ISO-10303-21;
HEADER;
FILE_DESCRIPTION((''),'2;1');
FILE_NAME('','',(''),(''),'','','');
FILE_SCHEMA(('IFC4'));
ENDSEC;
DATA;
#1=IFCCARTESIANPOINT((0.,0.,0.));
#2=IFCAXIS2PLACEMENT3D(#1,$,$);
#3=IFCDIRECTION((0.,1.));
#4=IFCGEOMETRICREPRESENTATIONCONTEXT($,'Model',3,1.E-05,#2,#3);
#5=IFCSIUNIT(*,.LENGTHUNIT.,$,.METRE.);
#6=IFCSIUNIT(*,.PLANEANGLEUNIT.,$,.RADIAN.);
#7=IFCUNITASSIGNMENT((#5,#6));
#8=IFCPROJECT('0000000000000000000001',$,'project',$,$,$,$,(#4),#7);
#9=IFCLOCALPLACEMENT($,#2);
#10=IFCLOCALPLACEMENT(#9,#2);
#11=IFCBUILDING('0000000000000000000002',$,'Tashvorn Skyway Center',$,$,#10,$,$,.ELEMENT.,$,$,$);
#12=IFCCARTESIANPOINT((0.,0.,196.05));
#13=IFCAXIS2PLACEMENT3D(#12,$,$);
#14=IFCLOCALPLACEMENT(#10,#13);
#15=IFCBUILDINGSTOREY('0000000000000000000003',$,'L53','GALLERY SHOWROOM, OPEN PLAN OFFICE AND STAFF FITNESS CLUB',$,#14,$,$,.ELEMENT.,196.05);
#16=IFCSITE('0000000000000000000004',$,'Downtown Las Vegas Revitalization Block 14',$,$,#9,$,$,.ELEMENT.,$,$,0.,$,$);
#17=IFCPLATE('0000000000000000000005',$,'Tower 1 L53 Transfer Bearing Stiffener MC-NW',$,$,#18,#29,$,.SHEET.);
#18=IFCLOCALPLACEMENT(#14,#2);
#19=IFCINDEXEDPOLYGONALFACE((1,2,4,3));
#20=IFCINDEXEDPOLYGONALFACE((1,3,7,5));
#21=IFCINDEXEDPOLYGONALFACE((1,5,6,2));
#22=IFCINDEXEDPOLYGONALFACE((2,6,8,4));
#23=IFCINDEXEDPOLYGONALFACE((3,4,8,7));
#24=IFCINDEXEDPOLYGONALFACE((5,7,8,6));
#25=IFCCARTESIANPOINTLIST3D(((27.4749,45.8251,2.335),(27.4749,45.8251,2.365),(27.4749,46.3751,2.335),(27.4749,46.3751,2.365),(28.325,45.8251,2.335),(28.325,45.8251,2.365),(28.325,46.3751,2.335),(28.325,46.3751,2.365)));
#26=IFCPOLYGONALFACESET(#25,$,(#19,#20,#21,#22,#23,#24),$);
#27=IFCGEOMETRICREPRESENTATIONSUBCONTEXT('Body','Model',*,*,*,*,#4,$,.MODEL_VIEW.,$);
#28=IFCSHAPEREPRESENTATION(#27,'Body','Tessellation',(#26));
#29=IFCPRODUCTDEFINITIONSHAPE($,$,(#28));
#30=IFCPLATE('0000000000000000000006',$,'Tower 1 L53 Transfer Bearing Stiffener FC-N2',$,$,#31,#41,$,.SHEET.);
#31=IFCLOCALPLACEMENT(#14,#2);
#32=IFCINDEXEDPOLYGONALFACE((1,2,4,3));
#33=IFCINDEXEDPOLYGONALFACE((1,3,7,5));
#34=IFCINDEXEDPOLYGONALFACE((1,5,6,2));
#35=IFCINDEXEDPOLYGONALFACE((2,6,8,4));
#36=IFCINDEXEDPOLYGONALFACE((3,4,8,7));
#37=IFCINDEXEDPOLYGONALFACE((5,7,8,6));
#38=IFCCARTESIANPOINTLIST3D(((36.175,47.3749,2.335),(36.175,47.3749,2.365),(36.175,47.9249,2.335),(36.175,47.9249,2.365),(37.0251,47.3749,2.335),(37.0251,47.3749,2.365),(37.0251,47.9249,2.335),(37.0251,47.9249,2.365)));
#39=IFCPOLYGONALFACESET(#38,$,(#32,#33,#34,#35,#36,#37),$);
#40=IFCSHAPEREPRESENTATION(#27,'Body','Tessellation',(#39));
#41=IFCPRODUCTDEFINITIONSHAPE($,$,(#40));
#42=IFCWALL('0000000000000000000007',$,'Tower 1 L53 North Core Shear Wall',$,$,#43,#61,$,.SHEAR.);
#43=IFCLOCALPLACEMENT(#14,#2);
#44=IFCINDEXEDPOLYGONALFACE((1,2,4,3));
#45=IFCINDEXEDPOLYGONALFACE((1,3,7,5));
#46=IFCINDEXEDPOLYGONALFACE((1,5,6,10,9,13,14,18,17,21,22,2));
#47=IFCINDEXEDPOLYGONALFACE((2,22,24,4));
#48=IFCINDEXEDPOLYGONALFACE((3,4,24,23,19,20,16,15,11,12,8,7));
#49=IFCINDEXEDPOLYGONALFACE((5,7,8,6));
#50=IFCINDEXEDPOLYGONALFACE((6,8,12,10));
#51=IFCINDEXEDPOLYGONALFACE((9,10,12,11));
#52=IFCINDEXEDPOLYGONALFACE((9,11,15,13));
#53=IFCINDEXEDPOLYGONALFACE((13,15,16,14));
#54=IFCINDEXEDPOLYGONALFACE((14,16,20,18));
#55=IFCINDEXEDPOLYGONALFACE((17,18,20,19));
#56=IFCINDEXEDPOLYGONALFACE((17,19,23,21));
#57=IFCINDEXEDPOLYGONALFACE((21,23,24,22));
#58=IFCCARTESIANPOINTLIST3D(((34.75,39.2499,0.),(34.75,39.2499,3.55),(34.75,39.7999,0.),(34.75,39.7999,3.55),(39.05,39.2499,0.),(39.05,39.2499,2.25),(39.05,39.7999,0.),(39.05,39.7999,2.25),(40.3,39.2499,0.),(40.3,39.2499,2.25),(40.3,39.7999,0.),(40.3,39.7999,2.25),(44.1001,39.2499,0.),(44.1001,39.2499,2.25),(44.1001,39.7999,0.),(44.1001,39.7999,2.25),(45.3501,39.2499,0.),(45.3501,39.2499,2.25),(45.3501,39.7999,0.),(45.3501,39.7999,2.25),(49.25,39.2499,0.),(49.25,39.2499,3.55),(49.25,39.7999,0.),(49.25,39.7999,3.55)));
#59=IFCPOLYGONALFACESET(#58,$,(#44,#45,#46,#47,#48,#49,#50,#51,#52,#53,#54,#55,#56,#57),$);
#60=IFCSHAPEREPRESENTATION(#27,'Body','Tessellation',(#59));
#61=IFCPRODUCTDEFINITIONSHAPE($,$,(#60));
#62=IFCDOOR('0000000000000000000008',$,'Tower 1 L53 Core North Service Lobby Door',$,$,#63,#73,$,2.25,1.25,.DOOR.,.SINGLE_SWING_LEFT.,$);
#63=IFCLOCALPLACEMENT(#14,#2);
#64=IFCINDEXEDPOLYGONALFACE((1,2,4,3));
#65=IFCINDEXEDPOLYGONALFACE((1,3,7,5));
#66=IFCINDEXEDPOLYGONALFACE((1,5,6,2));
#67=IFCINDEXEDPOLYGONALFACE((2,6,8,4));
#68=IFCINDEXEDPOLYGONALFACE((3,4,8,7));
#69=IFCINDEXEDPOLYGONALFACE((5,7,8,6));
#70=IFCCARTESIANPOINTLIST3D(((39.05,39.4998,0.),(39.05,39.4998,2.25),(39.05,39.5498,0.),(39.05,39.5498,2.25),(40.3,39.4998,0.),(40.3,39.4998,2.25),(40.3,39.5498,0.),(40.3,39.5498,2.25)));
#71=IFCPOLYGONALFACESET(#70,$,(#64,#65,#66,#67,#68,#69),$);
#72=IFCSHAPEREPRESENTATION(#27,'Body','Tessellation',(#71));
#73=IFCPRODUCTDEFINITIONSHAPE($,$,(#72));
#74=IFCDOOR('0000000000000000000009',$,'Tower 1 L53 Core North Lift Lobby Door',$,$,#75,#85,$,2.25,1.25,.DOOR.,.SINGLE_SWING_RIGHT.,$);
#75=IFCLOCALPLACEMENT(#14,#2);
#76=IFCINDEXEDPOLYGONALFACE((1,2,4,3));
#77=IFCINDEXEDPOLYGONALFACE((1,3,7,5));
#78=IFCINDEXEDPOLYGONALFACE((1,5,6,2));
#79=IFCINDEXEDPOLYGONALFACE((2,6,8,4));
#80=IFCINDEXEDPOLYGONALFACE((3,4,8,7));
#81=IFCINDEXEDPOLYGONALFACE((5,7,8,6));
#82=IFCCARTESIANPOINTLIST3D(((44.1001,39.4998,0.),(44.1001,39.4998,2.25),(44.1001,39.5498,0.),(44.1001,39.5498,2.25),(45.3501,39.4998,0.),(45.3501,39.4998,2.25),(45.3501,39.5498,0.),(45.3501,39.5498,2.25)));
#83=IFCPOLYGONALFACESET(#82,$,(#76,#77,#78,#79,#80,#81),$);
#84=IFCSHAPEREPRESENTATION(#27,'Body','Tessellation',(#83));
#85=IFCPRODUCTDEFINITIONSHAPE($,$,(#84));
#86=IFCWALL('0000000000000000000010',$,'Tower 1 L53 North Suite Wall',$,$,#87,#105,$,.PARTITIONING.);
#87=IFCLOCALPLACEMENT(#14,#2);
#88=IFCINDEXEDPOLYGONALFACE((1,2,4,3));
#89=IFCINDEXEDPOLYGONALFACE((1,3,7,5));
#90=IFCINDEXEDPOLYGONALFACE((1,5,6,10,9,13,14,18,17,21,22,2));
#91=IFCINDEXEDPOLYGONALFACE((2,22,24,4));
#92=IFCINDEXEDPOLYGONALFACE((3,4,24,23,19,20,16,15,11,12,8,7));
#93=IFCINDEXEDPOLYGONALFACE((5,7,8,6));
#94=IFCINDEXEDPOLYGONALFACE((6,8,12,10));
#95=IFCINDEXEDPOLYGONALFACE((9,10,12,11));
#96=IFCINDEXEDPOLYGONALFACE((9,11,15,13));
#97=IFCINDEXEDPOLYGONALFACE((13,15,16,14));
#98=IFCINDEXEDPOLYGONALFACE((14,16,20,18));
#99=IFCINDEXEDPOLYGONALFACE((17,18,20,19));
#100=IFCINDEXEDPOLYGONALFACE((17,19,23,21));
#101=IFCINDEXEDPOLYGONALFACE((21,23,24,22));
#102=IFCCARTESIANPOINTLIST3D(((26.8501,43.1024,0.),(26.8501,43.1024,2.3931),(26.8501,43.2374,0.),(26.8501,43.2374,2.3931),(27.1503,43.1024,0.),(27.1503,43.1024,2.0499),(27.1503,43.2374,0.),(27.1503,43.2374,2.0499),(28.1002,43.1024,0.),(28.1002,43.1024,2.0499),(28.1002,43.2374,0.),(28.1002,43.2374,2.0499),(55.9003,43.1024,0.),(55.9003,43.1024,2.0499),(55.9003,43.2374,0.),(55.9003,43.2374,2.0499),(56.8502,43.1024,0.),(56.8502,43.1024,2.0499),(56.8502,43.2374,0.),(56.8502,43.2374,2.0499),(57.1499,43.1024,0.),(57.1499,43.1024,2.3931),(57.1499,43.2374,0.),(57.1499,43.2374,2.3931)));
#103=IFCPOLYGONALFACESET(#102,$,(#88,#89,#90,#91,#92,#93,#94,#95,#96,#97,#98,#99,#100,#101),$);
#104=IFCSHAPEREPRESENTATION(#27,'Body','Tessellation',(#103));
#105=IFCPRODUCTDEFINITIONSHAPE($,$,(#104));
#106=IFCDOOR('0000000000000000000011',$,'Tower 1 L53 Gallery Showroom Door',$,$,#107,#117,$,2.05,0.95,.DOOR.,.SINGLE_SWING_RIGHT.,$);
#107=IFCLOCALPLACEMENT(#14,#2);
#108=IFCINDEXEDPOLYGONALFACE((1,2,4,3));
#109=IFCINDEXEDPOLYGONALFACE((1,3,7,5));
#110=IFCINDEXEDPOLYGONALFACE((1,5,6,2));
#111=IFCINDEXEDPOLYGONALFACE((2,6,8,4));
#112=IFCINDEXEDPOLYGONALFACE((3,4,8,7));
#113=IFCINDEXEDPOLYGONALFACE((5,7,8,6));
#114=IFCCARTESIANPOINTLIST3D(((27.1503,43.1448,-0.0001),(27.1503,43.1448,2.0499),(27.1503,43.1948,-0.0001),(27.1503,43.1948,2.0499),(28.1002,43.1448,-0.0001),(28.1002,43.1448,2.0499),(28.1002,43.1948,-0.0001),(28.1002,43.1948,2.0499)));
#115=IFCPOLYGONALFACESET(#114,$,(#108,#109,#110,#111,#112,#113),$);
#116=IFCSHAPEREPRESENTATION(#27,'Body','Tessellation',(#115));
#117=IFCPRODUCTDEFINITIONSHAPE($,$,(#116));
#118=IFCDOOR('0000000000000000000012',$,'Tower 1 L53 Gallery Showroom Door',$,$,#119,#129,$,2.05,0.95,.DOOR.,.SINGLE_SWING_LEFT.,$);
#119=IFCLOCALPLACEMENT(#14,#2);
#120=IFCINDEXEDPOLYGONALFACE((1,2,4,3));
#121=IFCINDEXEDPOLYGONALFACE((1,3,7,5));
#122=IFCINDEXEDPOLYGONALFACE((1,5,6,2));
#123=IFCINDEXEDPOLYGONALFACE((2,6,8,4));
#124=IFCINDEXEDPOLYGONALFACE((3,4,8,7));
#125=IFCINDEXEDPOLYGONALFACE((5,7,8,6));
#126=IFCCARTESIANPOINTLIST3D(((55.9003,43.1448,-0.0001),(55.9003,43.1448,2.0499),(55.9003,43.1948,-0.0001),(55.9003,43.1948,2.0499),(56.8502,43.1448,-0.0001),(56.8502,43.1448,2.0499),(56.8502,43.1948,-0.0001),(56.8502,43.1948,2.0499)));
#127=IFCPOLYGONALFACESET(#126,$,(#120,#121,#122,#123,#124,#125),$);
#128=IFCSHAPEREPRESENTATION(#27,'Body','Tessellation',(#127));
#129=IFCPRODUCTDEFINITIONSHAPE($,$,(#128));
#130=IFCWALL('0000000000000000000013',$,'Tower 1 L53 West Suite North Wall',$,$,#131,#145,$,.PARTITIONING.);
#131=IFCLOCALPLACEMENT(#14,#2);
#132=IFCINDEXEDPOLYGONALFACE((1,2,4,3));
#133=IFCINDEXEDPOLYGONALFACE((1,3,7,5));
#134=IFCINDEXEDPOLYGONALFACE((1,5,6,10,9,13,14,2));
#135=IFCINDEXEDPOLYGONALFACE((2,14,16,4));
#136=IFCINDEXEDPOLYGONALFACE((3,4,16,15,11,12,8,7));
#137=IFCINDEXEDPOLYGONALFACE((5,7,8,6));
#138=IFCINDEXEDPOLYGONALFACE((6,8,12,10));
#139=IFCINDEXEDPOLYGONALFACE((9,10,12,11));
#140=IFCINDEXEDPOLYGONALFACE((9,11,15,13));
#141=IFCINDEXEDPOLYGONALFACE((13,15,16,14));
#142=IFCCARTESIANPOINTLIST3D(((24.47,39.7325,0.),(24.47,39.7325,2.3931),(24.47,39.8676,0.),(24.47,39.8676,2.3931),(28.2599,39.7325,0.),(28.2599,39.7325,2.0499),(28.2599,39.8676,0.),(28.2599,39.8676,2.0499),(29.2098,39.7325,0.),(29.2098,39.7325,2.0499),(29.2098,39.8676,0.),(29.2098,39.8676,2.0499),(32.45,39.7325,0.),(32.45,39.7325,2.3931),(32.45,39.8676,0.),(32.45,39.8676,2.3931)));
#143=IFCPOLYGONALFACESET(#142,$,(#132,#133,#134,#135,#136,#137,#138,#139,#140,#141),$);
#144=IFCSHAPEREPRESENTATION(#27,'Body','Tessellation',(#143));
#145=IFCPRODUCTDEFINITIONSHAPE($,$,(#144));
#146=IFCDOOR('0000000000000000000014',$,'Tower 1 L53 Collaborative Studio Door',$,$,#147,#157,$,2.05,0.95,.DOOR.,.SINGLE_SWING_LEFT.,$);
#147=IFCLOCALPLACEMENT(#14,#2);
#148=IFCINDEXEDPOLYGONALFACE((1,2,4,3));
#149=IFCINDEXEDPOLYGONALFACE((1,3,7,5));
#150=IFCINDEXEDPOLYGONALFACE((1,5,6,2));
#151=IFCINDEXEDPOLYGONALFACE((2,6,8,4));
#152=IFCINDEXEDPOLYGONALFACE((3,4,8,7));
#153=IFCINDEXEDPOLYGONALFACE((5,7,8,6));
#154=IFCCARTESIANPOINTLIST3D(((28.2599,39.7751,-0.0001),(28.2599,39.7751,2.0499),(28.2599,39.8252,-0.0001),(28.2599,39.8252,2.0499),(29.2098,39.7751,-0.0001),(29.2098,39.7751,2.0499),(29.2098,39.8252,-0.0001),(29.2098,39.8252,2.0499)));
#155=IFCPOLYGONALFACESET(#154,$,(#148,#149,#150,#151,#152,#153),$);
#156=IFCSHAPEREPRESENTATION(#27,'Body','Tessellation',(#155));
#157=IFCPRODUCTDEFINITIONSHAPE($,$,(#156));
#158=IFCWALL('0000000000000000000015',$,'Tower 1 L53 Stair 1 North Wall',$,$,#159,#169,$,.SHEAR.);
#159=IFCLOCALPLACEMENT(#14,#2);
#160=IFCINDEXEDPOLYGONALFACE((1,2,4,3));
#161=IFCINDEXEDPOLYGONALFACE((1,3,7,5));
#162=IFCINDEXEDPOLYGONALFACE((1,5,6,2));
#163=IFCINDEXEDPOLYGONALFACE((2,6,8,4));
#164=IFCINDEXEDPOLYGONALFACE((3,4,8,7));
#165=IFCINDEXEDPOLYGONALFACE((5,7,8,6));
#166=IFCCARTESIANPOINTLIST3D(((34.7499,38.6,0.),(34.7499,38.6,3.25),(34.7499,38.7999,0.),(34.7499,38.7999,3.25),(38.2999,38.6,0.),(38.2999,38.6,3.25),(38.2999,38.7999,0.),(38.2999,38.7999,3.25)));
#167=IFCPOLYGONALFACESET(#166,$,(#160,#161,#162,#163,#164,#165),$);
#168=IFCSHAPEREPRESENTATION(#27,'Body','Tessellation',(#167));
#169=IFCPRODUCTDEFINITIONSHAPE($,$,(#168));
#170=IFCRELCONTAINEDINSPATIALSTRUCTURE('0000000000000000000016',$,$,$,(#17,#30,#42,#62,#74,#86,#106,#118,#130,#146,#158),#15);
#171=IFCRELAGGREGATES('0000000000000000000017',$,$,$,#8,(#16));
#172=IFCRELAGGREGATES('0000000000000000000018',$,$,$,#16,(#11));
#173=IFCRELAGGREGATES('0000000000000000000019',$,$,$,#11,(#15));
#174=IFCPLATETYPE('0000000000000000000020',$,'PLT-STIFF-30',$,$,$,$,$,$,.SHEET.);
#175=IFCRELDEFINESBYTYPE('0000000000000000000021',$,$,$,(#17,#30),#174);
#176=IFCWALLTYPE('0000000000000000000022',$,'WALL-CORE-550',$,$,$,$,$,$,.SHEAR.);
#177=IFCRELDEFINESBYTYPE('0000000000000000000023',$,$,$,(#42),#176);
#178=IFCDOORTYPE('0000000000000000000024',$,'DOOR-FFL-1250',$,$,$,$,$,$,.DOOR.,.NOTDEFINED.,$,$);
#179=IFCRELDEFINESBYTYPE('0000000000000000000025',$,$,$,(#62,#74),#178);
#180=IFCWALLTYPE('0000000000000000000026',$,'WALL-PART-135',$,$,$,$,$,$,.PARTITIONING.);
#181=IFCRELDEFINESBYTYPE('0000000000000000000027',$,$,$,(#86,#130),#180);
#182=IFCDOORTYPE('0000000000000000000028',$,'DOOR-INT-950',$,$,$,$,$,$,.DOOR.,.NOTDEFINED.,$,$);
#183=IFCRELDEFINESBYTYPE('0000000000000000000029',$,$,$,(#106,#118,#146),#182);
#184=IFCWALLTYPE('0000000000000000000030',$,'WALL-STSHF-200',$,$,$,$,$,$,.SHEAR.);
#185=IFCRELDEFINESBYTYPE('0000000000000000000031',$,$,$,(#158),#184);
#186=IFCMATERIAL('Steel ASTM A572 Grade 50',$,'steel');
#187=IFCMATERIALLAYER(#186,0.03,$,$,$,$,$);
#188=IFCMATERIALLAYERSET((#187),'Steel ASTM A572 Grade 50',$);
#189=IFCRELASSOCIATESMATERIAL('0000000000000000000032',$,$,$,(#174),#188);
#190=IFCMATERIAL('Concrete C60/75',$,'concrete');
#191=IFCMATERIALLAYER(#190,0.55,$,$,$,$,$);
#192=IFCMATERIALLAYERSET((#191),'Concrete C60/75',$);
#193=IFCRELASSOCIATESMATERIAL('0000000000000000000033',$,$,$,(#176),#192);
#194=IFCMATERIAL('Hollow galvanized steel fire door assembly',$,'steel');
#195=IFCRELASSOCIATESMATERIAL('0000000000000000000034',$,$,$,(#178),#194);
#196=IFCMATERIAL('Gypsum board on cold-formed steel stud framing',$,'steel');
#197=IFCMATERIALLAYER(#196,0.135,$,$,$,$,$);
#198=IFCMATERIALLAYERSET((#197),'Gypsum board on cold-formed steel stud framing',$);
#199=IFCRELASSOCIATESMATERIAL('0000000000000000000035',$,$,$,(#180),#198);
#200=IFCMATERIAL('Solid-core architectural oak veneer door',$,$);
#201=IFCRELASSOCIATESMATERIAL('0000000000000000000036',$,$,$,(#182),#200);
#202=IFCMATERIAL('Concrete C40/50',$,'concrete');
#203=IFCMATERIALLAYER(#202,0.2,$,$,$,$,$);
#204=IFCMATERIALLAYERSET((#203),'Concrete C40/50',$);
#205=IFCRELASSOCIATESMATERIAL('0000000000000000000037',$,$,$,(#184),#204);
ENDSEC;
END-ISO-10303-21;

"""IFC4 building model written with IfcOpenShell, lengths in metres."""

from ifc_helpers import new_model, si_unit, direction, frame, frame_2d, origin, origin_2d, place, context, subcontext, project, spatial, rectangle, extrude, material, layer, layer_set, type_object, element, fill, save


model = new_model("IFC4")

# Units and contexts
model_context = context("Model", 3, precision=1e-05, world=origin(), true_north=direction((0.0, 1.0)))
body_context = subcontext(model_context, "Body", "Model", "MODEL_VIEW")
ifc_project = project(units=[si_unit("LENGTHUNIT", "METRE"), si_unit("PLANEANGLEUNIT", "RADIAN")], contexts=[model_context])

# Site, building, storey
site_placement = place(None, origin())
site = spatial("IfcSite", under=ifc_project, at=site_placement, Name="Downtown Las Vegas Revitalization Block 14", CompositionType="ELEMENT", RefElevation=0.0)
building_placement = place(site_placement, origin())
building = spatial("IfcBuilding", under=site, at=building_placement, Name="Tashvorn Skyway Center", CompositionType="ELEMENT")
storey_placement = place(building_placement, frame((0.0, 0.0, 196.05)))
storey = spatial("IfcBuildingStorey", under=building, at=storey_placement, Name="L53", Description="GALLERY SHOWROOM, OPEN PLAN OFFICE AND STAFF FITNESS CLUB", CompositionType="ELEMENT", Elevation=196.05)

# Shared definitions
ifc_material_1 = material(Name="Steel ASTM A572 Grade 50", Category="steel")

# Plates
ifc_layer_1 = layer(ifc_material_1, 0.03)
ifc_layer_set_1 = layer_set([ifc_layer_1], Name="Steel ASTM A572 Grade 50")
plate_type_1 = type_object("IfcPlateType", Name="PLT-STIFF-30", PredefinedType="SHEET", material=ifc_layer_set_1)
for number, where, z_axis, x_axis, name in (
    (1, (27.8999, 46.1001, 2.335), (0.0, 0.0, 1.0), (1.0, 0.0, 0.0), "Tower 1 L53 Transfer Bearing Stiffener MC-NW"),
    (2, (36.6001, 47.6499, 2.335), (0.0, 0.0, 1.0), (1.0, 0.0, 0.0), "Tower 1 L53 Transfer Bearing Stiffener FC-N2"),
):
    element("IfcPlate", number, at=place(storey_placement, frame(where, z_axis=z_axis, x_axis=x_axis)), inside=storey, type_object=plate_type_1, Name=name, PredefinedType="SHEET", context=body_context, shape_type="SweptSolid", body=[
        extrude(rectangle(XDim=0.8501, YDim=0.55, at=origin_2d()), origin(), (0.0, 0.0, 1.0), 0.03),
    ])

# Walls, openings, doors
ifc_material_2 = material(Name="Concrete C60/75", Category="concrete")
ifc_layer_2 = layer(ifc_material_2, 0.55)
ifc_layer_set_2 = layer_set([ifc_layer_2], Name="Concrete C60/75")
wall_type_1 = type_object("IfcWallType", Name="WALL-CORE-550", PredefinedType="SHEAR", material=ifc_layer_set_2)
wall_1_placement = place(storey_placement, frame((34.75, 39.5249, 0.0), z_axis=(0.0, 0.0, 1.0), x_axis=(1.0, 0.0, 0.0)))
wall_1 = element("IfcWall", 3, at=wall_1_placement, inside=storey, type_object=wall_type_1, Name="Tower 1 L53 North Core Shear Wall", PredefinedType="SHEAR", context=body_context, shape_type="SweptSolid", body=[
    extrude(rectangle(XDim=14.5, YDim=0.55, at=frame_2d((7.25, 0.0))), origin(), (0.0, 0.0, 1.0), 3.55),
])
opening_1_placement = place(wall_1_placement, frame((4.3, 0.0, 0.0)))
opening_1 = element("IfcOpeningElement", 4, at=opening_1_placement, cuts=wall_1, PredefinedType="OPENING", context=body_context, shape_type="SweptSolid", body=[
    extrude(rectangle(XDim=1.25, YDim=2.25, at=frame_2d((0.625, 1.125))), frame((0.0, 0.2849, 0.0), z_axis=(0.0, -1.0, 0.0), x_axis=(1.0, 0.0, 0.0)), (0.0, 0.0, 1.0), 0.5701),
])
opening_2_placement = place(wall_1_placement, frame((9.3501, 0.0, 0.0)))
opening_2 = element("IfcOpeningElement", 5, at=opening_2_placement, cuts=wall_1, PredefinedType="OPENING", context=body_context, shape_type="SweptSolid", body=[
    extrude(rectangle(XDim=1.25, YDim=2.25, at=frame_2d((0.625, 1.125))), frame((0.0, 0.2849, 0.0), z_axis=(0.0, -1.0, 0.0), x_axis=(1.0, 0.0, 0.0)), (0.0, 0.0, 1.0), 0.5701),
])
ifc_material_3 = material(Name="Hollow galvanized steel fire door assembly", Category="steel")
door_type_1 = type_object("IfcDoorType", Name="DOOR-FFL-1250", OperationType="NOTDEFINED", PredefinedType="DOOR", material=ifc_material_3)
door_1_placement = place(opening_1_placement, origin())
door_1 = element("IfcDoor", 6, at=door_1_placement, inside=storey, type_object=door_type_1, Name="Tower 1 L53 Core North Service Lobby Door", OperationType="SINGLE_SWING_LEFT", OverallHeight=2.25, OverallWidth=1.25, PredefinedType="DOOR", context=body_context, shape_type="SweptSolid", body=[
    extrude(rectangle(XDim=1.25, YDim=2.25, at=frame_2d((0.625, 1.125))), frame((0.0, 0.0249, 0.0), z_axis=(0.0, -1.0, 0.0), x_axis=(1.0, 0.0, 0.0)), (0.0, 0.0, 1.0), 0.05),
])
fill(opening_1, door_1)
door_2_placement = place(opening_2_placement, origin())
door_2 = element("IfcDoor", 7, at=door_2_placement, inside=storey, type_object=door_type_1, Name="Tower 1 L53 Core North Lift Lobby Door", OperationType="SINGLE_SWING_RIGHT", OverallHeight=2.25, OverallWidth=1.25, PredefinedType="DOOR", context=body_context, shape_type="SweptSolid", body=[
    extrude(rectangle(XDim=1.25, YDim=2.25, at=frame_2d((0.625, 1.125))), frame((0.0, 0.0249, 0.0), z_axis=(0.0, -1.0, 0.0), x_axis=(1.0, 0.0, 0.0)), (0.0, 0.0, 1.0), 0.05),
])
fill(opening_2, door_2)
ifc_material_4 = material(Name="Gypsum board on cold-formed steel stud framing", Category="steel")
ifc_layer_3 = layer(ifc_material_4, 0.135)
ifc_layer_set_3 = layer_set([ifc_layer_3], Name="Gypsum board on cold-formed steel stud framing")
wall_type_2 = type_object("IfcWallType", Name="WALL-PART-135", PredefinedType="PARTITIONING", material=ifc_layer_set_3)
wall_2_placement = place(storey_placement, frame((26.8501, 43.1699, 0.0), z_axis=(0.0, 0.0, 1.0), x_axis=(1.0, 0.0, 0.0)))
wall_2 = element("IfcWall", 8, at=wall_2_placement, inside=storey, type_object=wall_type_2, Name="Tower 1 L53 North Suite Wall", PredefinedType="PARTITIONING", context=body_context, shape_type="SweptSolid", body=[
    extrude(rectangle(XDim=30.2998, YDim=0.135, at=frame_2d((15.1499, 0.0))), origin(), (0.0, 0.0, 1.0), 2.3931),
])
opening_3_placement = place(wall_2_placement, frame((0.3, 0.0, 0.0)))
opening_3 = element("IfcOpeningElement", 9, at=opening_3_placement, cuts=wall_2, PredefinedType="OPENING", context=body_context, shape_type="SweptSolid", body=[
    extrude(rectangle(XDim=0.95, YDim=2.05, at=frame_2d((0.4751, 1.0249))), frame((0.0, 0.0774, 0.0), z_axis=(0.0, -1.0, 0.0), x_axis=(1.0, 0.0, 0.0)), (0.0, 0.0, 1.0), 0.155),
])
opening_4_placement = place(wall_2_placement, frame((29.05, 0.0, 0.0)))
opening_4 = element("IfcOpeningElement", 10, at=opening_4_placement, cuts=wall_2, PredefinedType="OPENING", context=body_context, shape_type="SweptSolid", body=[
    extrude(rectangle(XDim=0.95, YDim=2.05, at=frame_2d((0.4751, 1.0249))), frame((0.0, 0.0774, 0.0), z_axis=(0.0, -1.0, 0.0), x_axis=(1.0, 0.0, 0.0)), (0.0, 0.0, 1.0), 0.155),
])
ifc_material_5 = material(Name="Solid-core architectural oak veneer door")
door_type_2 = type_object("IfcDoorType", Name="DOOR-INT-950", OperationType="NOTDEFINED", PredefinedType="DOOR", material=ifc_material_5)
door_3_placement = place(opening_3_placement, origin())
door_3 = element("IfcDoor", 11, at=door_3_placement, inside=storey, type_object=door_type_2, Name="Tower 1 L53 Gallery Showroom Door", OperationType="SINGLE_SWING_RIGHT", OverallHeight=2.05, OverallWidth=0.95, PredefinedType="DOOR", context=body_context, shape_type="SweptSolid", body=[
    extrude(rectangle(XDim=0.95, YDim=2.05, at=frame_2d((0.4751, 1.0249))), frame((0.0, 0.0249, 0.0), z_axis=(0.0, -1.0, 0.0), x_axis=(1.0, 0.0, 0.0)), (0.0, 0.0, 1.0), 0.05),
])
fill(opening_3, door_3)
door_4_placement = place(opening_4_placement, origin())
door_4 = element("IfcDoor", 12, at=door_4_placement, inside=storey, type_object=door_type_2, Name="Tower 1 L53 Gallery Showroom Door", OperationType="SINGLE_SWING_LEFT", OverallHeight=2.05, OverallWidth=0.95, PredefinedType="DOOR", context=body_context, shape_type="SweptSolid", body=[
    extrude(rectangle(XDim=0.95, YDim=2.05, at=frame_2d((0.4751, 1.0249))), frame((0.0, 0.0249, 0.0), z_axis=(0.0, -1.0, 0.0), x_axis=(1.0, 0.0, 0.0)), (0.0, 0.0, 1.0), 0.05),
])
fill(opening_4, door_4)

# Wall, opening, door
wall_3_placement = place(storey_placement, frame((32.45, 39.8, 0.0), z_axis=(0.0, 0.0, 1.0), x_axis=(-1.0, 0.0, 0.0)))
wall_3 = element("IfcWall", 13, at=wall_3_placement, inside=storey, type_object=wall_type_2, Name="Tower 1 L53 West Suite North Wall", PredefinedType="PARTITIONING", context=body_context, shape_type="SweptSolid", body=[
    extrude(rectangle(XDim=7.98, YDim=0.135, at=frame_2d((3.99, 0.0))), origin(), (0.0, 0.0, 1.0), 2.3931),
])
opening_5_placement = place(wall_3_placement, frame((3.24, 0.0, 0.0)))
opening_5 = element("IfcOpeningElement", 14, at=opening_5_placement, cuts=wall_3, PredefinedType="OPENING", context=body_context, shape_type="SweptSolid", body=[
    extrude(rectangle(XDim=0.95, YDim=2.05, at=frame_2d((0.4751, 1.0249))), frame((0.0, 0.0774, 0.0), z_axis=(0.0, -1.0, 0.0), x_axis=(1.0, 0.0, 0.0)), (0.0, 0.0, 1.0), 0.155),
])
door_5_placement = place(opening_5_placement, origin())
door_5 = element("IfcDoor", 15, at=door_5_placement, inside=storey, type_object=door_type_2, Name="Tower 1 L53 Collaborative Studio Door", OperationType="SINGLE_SWING_LEFT", OverallHeight=2.05, OverallWidth=0.95, PredefinedType="DOOR", context=body_context, shape_type="SweptSolid", body=[
    extrude(rectangle(XDim=0.95, YDim=2.05, at=frame_2d((0.4751, 1.0249))), frame((0.0, 0.0249, 0.0), z_axis=(0.0, -1.0, 0.0), x_axis=(1.0, 0.0, 0.0)), (0.0, 0.0, 1.0), 0.05),
])
fill(opening_5, door_5)

# Wall
ifc_material_6 = material(Name="Concrete C40/50", Category="concrete")
ifc_layer_4 = layer(ifc_material_6, 0.2)
ifc_layer_set_4 = layer_set([ifc_layer_4], Name="Concrete C40/50")
wall_type_3 = type_object("IfcWallType", Name="WALL-STSHF-200", PredefinedType="SHEAR", material=ifc_layer_set_4)
wall_4_placement = place(storey_placement, frame((34.75, 38.7, 0.0), z_axis=(0.0, 0.0, 1.0), x_axis=(1.0, 0.0, 0.0)))
element("IfcWall", 16, at=wall_4_placement, inside=storey, type_object=wall_type_3, Name="Tower 1 L53 Stair 1 North Wall", PredefinedType="SHEAR", context=body_context, shape_type="SweptSolid", body=[
    extrude(rectangle(XDim=3.55, YDim=0.2, at=frame_2d((1.7749, 0.0))), origin(), (0.0, 0.0, 1.0), 3.25),
])

save(model, "model.ifc")
